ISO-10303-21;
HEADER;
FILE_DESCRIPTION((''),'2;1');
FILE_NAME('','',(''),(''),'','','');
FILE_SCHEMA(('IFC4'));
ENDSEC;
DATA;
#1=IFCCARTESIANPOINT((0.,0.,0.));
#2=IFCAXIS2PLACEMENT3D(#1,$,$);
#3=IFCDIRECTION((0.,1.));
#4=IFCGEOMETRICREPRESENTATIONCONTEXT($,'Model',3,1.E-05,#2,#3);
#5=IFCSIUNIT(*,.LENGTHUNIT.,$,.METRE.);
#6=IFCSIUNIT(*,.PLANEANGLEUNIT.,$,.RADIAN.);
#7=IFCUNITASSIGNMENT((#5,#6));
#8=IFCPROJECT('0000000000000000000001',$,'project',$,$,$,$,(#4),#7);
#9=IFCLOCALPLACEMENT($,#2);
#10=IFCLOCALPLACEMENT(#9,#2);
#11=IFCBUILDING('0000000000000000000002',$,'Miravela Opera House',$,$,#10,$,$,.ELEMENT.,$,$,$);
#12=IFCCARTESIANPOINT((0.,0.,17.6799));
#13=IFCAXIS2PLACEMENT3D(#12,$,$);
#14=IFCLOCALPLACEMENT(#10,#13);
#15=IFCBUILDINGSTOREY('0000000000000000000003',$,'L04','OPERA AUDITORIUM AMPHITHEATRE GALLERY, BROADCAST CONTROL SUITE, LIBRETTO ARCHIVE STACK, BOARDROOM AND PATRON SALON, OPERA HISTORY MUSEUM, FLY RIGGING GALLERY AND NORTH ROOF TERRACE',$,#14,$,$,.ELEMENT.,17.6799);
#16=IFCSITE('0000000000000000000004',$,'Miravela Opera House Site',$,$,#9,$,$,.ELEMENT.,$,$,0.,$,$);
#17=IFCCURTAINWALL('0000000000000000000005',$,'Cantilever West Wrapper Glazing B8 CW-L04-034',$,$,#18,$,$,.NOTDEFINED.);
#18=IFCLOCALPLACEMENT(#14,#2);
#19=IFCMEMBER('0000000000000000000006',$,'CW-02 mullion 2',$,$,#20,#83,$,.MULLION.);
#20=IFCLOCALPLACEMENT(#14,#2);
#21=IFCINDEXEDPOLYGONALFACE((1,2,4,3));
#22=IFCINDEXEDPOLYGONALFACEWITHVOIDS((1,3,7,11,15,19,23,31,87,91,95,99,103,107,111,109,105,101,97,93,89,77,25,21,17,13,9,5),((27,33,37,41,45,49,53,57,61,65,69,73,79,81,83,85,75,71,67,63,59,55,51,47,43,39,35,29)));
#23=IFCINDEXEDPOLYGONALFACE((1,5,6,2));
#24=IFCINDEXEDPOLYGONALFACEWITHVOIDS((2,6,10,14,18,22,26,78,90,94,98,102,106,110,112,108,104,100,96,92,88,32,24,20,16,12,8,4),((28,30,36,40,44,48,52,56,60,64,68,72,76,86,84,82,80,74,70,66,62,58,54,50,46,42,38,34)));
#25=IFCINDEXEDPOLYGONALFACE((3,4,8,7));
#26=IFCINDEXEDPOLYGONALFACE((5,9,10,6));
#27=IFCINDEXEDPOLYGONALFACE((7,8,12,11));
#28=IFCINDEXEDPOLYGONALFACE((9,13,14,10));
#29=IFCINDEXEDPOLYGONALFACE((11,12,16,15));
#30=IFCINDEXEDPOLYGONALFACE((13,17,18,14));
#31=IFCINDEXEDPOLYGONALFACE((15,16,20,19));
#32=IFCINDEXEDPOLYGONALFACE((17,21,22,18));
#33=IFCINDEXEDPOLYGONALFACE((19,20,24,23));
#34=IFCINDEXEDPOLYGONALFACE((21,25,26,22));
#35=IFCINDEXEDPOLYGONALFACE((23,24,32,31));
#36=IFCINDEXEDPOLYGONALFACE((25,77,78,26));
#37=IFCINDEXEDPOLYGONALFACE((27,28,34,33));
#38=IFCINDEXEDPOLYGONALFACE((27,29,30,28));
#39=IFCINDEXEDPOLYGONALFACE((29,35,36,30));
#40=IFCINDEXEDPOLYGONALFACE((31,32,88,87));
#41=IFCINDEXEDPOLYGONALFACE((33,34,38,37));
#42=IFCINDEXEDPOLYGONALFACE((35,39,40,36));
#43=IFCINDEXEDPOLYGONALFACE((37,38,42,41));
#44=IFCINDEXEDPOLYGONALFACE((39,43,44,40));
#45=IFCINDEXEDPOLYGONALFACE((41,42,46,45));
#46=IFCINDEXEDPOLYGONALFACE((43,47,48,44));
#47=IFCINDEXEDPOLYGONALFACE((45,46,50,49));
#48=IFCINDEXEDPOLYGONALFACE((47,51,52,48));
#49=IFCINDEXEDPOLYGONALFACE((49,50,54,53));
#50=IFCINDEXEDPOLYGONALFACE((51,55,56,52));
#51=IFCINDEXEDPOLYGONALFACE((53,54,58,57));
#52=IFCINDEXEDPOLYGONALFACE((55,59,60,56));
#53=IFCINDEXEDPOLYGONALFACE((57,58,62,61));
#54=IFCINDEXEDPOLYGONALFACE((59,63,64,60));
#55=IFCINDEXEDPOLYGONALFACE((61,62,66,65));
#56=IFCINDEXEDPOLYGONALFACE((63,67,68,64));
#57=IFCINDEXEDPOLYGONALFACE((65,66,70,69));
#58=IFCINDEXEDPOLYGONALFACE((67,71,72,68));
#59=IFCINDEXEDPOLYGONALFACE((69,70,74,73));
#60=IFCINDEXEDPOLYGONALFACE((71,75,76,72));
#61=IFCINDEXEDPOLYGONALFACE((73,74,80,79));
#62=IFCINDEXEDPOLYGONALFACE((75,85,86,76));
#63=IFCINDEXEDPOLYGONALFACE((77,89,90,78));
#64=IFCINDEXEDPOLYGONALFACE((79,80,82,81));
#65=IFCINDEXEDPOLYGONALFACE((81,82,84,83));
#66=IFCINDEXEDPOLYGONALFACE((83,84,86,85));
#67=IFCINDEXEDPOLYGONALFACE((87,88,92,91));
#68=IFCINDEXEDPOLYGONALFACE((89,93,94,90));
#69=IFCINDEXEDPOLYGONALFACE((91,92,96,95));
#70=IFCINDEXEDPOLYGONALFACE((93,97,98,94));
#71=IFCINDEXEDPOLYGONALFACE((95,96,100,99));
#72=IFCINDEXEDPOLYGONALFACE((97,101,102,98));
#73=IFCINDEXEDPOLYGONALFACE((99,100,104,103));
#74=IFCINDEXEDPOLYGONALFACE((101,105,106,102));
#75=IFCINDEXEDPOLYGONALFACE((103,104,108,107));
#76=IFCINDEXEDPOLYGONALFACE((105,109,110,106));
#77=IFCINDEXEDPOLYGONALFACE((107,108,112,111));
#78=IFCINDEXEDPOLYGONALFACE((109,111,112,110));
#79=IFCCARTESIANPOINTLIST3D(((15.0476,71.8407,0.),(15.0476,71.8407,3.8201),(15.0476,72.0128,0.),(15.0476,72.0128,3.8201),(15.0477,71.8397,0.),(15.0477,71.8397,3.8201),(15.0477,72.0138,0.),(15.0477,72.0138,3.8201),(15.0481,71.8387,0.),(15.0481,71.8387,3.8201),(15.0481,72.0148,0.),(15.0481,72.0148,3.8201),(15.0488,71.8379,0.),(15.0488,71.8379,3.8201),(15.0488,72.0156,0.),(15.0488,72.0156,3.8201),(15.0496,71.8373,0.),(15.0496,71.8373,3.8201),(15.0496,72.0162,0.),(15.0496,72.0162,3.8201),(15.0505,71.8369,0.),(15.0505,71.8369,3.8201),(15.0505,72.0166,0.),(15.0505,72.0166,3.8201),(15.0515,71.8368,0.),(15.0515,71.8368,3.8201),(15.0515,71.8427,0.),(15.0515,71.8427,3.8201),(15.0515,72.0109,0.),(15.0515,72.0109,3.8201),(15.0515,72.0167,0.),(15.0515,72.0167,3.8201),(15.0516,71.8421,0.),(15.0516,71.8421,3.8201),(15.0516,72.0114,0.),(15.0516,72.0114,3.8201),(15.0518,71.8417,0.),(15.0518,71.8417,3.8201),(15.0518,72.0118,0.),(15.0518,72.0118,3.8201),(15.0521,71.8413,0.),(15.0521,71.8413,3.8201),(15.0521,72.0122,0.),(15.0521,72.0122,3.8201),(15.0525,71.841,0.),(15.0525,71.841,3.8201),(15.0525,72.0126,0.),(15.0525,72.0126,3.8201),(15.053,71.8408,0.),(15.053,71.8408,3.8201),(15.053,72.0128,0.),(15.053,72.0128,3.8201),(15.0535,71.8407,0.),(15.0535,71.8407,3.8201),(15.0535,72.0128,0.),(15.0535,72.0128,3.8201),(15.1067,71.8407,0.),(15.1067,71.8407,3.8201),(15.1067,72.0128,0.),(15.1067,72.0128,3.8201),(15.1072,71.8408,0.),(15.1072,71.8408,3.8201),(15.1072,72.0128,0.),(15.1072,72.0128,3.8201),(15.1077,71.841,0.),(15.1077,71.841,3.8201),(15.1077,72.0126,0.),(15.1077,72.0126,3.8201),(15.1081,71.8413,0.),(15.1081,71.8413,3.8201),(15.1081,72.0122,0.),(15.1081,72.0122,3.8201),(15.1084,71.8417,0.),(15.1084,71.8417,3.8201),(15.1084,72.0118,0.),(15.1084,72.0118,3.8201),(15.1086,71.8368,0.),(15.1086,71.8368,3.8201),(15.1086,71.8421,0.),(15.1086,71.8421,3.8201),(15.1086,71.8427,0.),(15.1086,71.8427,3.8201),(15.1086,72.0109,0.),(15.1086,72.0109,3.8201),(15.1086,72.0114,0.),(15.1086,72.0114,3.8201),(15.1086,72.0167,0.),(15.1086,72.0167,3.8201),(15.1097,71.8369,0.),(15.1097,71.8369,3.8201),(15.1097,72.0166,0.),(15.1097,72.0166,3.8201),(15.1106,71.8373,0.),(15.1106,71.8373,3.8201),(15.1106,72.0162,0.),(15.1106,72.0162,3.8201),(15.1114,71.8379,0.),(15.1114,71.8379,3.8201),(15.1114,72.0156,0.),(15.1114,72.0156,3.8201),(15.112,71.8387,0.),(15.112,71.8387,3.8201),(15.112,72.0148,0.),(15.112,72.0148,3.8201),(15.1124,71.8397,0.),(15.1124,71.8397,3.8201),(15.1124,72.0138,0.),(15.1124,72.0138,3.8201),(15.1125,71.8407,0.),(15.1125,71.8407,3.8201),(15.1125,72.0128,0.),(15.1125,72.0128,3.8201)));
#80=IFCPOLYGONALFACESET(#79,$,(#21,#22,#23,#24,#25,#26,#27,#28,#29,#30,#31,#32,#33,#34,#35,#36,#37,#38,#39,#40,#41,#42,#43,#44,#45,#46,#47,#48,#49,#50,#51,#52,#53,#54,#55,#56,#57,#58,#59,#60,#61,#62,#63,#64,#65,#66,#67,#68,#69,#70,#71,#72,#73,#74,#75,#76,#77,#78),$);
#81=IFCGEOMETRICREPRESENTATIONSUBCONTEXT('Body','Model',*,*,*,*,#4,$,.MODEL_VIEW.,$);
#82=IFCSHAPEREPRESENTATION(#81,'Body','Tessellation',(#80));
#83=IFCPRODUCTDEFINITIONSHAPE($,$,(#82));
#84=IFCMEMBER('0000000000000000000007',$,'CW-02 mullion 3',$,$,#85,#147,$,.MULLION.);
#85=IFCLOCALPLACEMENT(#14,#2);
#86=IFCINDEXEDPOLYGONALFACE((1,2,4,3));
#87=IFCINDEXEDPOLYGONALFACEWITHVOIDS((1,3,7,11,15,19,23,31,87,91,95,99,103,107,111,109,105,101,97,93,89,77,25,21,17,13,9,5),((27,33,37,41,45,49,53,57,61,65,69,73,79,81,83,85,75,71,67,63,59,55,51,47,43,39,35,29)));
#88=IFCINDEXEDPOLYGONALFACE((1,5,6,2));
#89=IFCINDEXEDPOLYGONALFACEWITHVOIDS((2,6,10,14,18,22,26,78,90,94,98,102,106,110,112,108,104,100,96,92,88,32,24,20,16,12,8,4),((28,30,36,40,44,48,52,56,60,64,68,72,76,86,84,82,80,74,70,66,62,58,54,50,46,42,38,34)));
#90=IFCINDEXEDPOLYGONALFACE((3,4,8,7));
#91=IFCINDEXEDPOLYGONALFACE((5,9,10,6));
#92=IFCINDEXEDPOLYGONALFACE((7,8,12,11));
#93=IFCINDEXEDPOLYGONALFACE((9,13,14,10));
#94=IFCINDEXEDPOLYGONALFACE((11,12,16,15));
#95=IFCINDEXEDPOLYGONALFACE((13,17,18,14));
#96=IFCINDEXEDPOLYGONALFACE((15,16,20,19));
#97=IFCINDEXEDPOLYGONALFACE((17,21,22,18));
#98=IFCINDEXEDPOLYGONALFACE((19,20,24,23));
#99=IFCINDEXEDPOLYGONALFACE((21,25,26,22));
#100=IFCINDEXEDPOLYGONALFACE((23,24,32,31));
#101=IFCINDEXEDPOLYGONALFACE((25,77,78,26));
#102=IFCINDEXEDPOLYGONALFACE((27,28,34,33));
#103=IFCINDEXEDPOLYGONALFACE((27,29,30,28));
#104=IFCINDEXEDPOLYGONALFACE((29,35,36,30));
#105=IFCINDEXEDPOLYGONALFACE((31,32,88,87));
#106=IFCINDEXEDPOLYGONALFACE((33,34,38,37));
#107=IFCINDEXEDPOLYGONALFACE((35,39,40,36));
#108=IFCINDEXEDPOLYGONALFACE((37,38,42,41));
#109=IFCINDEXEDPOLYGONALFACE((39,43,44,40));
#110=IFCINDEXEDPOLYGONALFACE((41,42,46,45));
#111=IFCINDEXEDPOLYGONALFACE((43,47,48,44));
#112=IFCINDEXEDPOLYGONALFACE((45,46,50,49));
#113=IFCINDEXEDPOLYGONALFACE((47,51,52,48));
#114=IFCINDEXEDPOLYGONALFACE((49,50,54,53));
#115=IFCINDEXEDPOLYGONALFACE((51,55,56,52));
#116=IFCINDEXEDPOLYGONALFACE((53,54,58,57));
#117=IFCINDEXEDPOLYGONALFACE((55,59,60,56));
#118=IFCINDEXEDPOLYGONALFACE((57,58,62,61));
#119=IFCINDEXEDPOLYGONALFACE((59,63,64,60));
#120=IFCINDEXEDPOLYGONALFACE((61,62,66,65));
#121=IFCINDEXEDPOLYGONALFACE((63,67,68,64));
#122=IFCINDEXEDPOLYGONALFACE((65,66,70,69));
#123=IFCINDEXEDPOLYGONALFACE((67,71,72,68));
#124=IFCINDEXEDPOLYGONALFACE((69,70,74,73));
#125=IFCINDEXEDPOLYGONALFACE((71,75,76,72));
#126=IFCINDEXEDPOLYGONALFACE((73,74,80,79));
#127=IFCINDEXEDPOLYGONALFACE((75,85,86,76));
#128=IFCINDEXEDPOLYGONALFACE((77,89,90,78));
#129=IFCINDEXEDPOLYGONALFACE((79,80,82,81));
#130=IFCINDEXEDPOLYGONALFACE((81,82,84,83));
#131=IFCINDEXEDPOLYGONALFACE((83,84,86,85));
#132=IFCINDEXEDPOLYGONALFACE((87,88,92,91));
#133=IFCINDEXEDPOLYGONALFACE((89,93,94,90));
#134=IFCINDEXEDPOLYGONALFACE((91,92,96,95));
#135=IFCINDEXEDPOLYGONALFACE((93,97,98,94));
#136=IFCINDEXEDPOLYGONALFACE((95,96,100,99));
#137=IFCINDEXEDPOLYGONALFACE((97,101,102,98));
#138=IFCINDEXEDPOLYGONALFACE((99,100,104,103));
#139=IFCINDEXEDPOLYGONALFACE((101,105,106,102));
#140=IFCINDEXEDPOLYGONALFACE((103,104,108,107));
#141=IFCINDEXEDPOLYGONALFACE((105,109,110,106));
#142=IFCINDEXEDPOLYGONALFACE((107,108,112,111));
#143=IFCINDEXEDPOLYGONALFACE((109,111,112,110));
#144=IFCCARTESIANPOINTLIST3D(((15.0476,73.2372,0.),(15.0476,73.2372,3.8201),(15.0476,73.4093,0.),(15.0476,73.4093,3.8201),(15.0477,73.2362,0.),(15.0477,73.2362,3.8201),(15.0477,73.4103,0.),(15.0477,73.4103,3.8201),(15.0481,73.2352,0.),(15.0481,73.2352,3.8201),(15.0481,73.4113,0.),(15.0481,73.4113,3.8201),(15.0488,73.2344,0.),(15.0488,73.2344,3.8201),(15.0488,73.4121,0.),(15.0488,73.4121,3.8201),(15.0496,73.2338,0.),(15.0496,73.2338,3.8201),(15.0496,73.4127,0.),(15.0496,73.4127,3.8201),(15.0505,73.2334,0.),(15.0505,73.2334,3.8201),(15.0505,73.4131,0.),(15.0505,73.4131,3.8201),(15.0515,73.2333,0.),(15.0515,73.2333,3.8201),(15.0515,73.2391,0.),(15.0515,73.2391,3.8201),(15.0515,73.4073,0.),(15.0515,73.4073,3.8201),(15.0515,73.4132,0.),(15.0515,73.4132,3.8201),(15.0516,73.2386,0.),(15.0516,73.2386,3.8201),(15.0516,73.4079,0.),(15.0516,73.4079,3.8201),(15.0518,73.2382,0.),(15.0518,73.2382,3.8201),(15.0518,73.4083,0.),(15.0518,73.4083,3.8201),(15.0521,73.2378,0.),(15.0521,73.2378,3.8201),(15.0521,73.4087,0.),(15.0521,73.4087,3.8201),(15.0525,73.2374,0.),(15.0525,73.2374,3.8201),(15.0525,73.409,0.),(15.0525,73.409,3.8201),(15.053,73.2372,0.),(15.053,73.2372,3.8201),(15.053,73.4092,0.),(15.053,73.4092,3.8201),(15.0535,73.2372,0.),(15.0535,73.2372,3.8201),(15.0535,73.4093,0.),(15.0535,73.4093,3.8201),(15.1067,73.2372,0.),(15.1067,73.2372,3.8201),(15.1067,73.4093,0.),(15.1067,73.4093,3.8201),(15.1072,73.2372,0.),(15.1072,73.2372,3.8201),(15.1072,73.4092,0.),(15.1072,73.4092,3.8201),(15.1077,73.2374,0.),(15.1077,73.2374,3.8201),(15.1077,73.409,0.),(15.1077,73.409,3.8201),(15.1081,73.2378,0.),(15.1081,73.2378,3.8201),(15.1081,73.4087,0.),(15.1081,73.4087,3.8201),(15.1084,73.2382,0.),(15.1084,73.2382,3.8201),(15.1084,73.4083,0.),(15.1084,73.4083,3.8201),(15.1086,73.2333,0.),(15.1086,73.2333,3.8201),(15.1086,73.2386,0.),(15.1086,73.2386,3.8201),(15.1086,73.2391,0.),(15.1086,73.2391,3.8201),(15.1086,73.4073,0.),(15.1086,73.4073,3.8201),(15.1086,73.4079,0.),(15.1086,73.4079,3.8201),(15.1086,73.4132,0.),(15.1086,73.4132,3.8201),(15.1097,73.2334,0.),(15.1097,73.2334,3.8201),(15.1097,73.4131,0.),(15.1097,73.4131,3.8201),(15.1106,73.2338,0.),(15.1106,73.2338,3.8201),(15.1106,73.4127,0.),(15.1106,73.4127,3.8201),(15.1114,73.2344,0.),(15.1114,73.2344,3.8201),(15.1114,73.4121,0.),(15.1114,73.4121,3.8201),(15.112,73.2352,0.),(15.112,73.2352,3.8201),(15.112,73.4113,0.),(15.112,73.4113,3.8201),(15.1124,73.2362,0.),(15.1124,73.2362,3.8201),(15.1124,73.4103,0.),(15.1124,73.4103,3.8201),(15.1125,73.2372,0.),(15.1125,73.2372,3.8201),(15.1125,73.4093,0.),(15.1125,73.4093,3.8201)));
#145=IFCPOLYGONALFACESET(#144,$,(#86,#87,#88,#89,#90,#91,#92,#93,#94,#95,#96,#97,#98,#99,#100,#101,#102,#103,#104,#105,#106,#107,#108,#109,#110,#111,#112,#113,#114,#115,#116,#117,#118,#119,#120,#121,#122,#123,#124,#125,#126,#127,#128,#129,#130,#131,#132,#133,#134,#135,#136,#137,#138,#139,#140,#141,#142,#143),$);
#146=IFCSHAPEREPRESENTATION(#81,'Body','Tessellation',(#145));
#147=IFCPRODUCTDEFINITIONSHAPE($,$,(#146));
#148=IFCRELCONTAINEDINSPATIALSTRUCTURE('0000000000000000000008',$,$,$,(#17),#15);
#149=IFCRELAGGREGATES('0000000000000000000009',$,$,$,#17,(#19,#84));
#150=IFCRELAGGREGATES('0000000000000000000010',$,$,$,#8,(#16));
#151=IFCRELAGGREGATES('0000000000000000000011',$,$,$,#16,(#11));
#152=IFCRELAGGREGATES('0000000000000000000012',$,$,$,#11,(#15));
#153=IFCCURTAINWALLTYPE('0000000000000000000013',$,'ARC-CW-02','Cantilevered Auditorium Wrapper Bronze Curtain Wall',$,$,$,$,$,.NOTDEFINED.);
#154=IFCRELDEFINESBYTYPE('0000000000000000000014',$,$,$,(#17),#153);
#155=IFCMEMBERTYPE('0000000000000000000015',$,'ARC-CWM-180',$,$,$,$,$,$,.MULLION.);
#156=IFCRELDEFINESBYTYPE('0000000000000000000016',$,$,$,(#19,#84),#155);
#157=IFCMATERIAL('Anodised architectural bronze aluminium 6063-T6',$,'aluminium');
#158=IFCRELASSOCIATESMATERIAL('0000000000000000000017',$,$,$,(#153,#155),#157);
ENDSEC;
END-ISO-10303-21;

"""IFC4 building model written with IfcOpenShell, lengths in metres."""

from ifc_helpers import new_model, si_unit, direction, frame, origin, origin_2d, place, context, subcontext, project, spatial, hollow_rectangle, extrude, material, material_profile, profile_set, type_object, element, aggregate, save


model = new_model("IFC4")

# Units and contexts
model_context = context("Model", 3, precision=1e-05, world=origin(), true_north=direction((0.0, 1.0)))
body_context = subcontext(model_context, "Body", "Model", "MODEL_VIEW")
ifc_project = project(units=[si_unit("LENGTHUNIT", "METRE"), si_unit("PLANEANGLEUNIT", "RADIAN")], contexts=[model_context])

# Site, building, storey
site_placement = place(None, origin())
site = spatial("IfcSite", under=ifc_project, at=site_placement, Name="Miravela Opera House Site", CompositionType="ELEMENT", RefElevation=0.0)
building_placement = place(site_placement, origin())
building = spatial("IfcBuilding", under=site, at=building_placement, Name="Miravela Opera House", CompositionType="ELEMENT")
storey_placement = place(building_placement, frame((0.0, 0.0, 17.6799)))
storey = spatial("IfcBuildingStorey", under=building, at=storey_placement, Name="L04", Description="OPERA AUDITORIUM AMPHITHEATRE GALLERY, BROADCAST CONTROL SUITE, LIBRETTO ARCHIVE STACK, BOARDROOM AND PATRON SALON, OPERA HISTORY MUSEUM, FLY RIGGING GALLERY AND NORTH ROOF TERRACE", CompositionType="ELEMENT", Elevation=17.6799)

# Shared definitions
ifc_material_1 = material(Name="Anodised architectural bronze aluminium 6063-T6", Category="aluminium")
curtain_wall_type = type_object("IfcCurtainWallType", Name="ARC-CW-02", Description="Cantilevered Auditorium Wrapper Bronze Curtain Wall", PredefinedType="NOTDEFINED", material=ifc_material_1)
ifc_material_profile_1 = material_profile(ifc_material_1, hollow_rectangle(XDim=0.0649, YDim=0.1799, WallThickness=0.0039, InnerFilletRadius=0.002, OuterFilletRadius=0.0039, at=origin_2d()), Name="CWM-65X180")
ifc_profile_set_1 = profile_set([ifc_material_profile_1])
member_type_1 = type_object("IfcMemberType", Name="ARC-CWM-180", PredefinedType="MULLION", material=ifc_profile_set_1)

# Curtain wall, members
curtain_wall_1_placement = place(storey_placement, origin())
curtain_wall_1 = element("IfcCurtainWall", 1, at=curtain_wall_1_placement, inside=storey, type_object=curtain_wall_type, Name="Cantilever West Wrapper Glazing B8 CW-L04-034", PredefinedType="NOTDEFINED")
member_1_placement = place(storey_placement, frame((15.0801, 71.9268, 0.0), z_axis=(0.0, 0.0, 1.0), x_axis=(-1.0, 0.0, 0.0)))
member_1 = element("IfcMember", 2, at=member_1_placement, type_object=member_type_1, Name="CW-02 mullion 2", PredefinedType="MULLION", context=body_context, shape_type="SweptSolid", body=[
    extrude(hollow_rectangle(XDim=0.0649, YDim=0.1799, WallThickness=0.0039, InnerFilletRadius=0.002, OuterFilletRadius=0.0039, at=origin_2d()), origin(), (0.0, 0.0, 1.0), 3.8201),
])
member_2_placement = place(storey_placement, frame((15.0801, 73.3232, 0.0), z_axis=(0.0, 0.0, 1.0), x_axis=(-1.0, 0.0, 0.0)))
member_2 = element("IfcMember", 3, at=member_2_placement, type_object=member_type_1, Name="CW-02 mullion 3", PredefinedType="MULLION", context=body_context, shape_type="SweptSolid", body=[
    extrude(hollow_rectangle(XDim=0.0649, YDim=0.1799, WallThickness=0.0039, InnerFilletRadius=0.002, OuterFilletRadius=0.0039, at=origin_2d()), origin(), (0.0, 0.0, 1.0), 3.8201),
])

aggregate(curtain_wall_1, [member_1, member_2])

save(model, "model.ifc")
